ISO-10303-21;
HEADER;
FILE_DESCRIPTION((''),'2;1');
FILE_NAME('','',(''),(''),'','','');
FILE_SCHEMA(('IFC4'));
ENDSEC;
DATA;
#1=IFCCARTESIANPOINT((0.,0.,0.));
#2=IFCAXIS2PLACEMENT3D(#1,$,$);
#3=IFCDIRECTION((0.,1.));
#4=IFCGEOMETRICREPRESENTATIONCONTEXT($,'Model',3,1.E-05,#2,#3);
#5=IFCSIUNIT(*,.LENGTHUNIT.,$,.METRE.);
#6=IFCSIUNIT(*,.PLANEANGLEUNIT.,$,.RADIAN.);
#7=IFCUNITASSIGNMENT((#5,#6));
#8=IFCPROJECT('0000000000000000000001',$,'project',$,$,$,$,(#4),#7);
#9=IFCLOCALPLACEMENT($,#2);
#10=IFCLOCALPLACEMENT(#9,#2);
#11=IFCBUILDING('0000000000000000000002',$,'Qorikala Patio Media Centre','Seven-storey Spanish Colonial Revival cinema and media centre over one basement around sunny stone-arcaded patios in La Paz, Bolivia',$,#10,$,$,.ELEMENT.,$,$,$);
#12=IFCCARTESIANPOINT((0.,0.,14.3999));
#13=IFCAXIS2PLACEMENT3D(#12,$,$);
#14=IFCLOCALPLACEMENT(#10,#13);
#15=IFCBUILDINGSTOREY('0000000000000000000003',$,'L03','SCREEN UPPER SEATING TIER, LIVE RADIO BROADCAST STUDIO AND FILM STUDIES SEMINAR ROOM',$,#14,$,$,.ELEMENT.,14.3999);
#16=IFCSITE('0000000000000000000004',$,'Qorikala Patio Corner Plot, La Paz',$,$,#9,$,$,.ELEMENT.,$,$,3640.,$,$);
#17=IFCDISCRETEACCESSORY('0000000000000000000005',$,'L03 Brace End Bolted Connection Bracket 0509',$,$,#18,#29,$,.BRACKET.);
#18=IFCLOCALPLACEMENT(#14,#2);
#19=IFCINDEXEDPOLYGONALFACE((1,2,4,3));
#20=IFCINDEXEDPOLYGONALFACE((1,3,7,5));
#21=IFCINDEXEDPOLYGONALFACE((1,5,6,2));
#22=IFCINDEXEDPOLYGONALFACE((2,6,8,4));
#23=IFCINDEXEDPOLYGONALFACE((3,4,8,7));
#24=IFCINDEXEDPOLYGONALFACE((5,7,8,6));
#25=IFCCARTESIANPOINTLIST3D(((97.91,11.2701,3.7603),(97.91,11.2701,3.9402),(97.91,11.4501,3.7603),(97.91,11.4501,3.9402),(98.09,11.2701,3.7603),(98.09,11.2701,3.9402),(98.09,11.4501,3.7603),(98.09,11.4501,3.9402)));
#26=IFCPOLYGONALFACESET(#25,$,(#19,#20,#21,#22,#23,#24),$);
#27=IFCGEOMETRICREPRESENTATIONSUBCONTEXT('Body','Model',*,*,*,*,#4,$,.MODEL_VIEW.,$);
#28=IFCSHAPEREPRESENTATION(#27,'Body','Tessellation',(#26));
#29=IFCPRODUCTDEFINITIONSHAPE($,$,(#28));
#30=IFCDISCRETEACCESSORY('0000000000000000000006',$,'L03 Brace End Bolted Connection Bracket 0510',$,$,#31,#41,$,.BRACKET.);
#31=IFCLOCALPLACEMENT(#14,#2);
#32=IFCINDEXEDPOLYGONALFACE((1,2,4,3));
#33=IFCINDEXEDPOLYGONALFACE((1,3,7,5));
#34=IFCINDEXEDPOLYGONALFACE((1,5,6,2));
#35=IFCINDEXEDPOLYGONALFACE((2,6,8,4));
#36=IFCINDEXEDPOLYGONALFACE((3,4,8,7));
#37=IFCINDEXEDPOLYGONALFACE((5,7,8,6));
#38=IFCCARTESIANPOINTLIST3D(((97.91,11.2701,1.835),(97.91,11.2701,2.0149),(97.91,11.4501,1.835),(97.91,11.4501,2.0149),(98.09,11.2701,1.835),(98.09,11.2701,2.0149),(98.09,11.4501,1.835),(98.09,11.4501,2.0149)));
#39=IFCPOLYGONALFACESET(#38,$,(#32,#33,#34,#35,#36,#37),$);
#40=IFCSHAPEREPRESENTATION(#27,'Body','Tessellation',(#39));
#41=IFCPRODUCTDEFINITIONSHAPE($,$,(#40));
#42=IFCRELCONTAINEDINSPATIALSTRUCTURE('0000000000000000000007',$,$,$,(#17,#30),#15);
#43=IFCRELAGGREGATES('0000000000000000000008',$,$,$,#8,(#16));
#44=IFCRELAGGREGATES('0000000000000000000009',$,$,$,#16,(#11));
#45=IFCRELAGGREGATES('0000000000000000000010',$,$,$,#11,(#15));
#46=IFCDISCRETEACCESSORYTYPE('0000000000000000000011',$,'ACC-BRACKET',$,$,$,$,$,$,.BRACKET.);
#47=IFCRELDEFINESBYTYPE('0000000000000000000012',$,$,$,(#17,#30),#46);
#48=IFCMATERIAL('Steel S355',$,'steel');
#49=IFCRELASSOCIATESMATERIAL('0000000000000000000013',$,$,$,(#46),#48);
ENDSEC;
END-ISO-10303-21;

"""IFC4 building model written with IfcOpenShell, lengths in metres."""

from ifc_helpers import new_model, si_unit, direction, frame, origin, origin_2d, place, context, subcontext, project, spatial, rectangle, extrude, material, type_object, element, save


model = new_model("IFC4")

# Units and contexts
model_context = context("Model", 3, precision=1e-05, world=origin(), true_north=direction((0.0, 1.0)))
body_context = subcontext(model_context, "Body", "Model", "MODEL_VIEW")
ifc_project = project(units=[si_unit("LENGTHUNIT", "METRE"), si_unit("PLANEANGLEUNIT", "RADIAN")], contexts=[model_context])

# Site, building, storey
site_placement = place(None, origin())
site = spatial("IfcSite", under=ifc_project, at=site_placement, Name="Qorikala Patio Corner Plot, La Paz", CompositionType="ELEMENT", RefElevation=3640.0)
building_placement = place(site_placement, origin())
building = spatial("IfcBuilding", under=site, at=building_placement, Name="Qorikala Patio Media Centre", Description="Seven-storey Spanish Colonial Revival cinema and media centre over one basement around sunny stone-arcaded patios in La Paz, Bolivia", CompositionType="ELEMENT")
storey_placement = place(building_placement, frame((0.0, 0.0, 14.3999)))
storey = spatial("IfcBuildingStorey", under=building, at=storey_placement, Name="L03", Description="SCREEN UPPER SEATING TIER, LIVE RADIO BROADCAST STUDIO AND FILM STUDIES SEMINAR ROOM", CompositionType="ELEMENT", Elevation=14.3999)

# Shared definitions
ifc_material_1 = material(Name="Steel S355", Category="steel")

# Discrete accessories
discrete_accessory_type = type_object("IfcDiscreteAccessoryType", Name="ACC-BRACKET", PredefinedType="BRACKET", material=ifc_material_1)
for number, where, z_axis, x_axis, name in (
    (1, (98.0, 11.3601, 3.7603), (0.0, 0.0, 1.0), (1.0, 0.0, 0.0), "L03 Brace End Bolted Connection Bracket 0509"),
    (2, (98.0, 11.3601, 1.835), (0.0, 0.0, 1.0), (1.0, 0.0, 0.0), "L03 Brace End Bolted Connection Bracket 0510"),
):
    element("IfcDiscreteAccessory", number, at=place(storey_placement, frame(where, z_axis=z_axis, x_axis=x_axis)), inside=storey, type_object=discrete_accessory_type, Name=name, PredefinedType="BRACKET", context=body_context, shape_type="SweptSolid", body=[
        extrude(rectangle(XDim=0.1799, YDim=0.1799, at=origin_2d()), origin(), (0.0, 0.0, 1.0), 0.1799),
    ])

save(model, "model.ifc")
